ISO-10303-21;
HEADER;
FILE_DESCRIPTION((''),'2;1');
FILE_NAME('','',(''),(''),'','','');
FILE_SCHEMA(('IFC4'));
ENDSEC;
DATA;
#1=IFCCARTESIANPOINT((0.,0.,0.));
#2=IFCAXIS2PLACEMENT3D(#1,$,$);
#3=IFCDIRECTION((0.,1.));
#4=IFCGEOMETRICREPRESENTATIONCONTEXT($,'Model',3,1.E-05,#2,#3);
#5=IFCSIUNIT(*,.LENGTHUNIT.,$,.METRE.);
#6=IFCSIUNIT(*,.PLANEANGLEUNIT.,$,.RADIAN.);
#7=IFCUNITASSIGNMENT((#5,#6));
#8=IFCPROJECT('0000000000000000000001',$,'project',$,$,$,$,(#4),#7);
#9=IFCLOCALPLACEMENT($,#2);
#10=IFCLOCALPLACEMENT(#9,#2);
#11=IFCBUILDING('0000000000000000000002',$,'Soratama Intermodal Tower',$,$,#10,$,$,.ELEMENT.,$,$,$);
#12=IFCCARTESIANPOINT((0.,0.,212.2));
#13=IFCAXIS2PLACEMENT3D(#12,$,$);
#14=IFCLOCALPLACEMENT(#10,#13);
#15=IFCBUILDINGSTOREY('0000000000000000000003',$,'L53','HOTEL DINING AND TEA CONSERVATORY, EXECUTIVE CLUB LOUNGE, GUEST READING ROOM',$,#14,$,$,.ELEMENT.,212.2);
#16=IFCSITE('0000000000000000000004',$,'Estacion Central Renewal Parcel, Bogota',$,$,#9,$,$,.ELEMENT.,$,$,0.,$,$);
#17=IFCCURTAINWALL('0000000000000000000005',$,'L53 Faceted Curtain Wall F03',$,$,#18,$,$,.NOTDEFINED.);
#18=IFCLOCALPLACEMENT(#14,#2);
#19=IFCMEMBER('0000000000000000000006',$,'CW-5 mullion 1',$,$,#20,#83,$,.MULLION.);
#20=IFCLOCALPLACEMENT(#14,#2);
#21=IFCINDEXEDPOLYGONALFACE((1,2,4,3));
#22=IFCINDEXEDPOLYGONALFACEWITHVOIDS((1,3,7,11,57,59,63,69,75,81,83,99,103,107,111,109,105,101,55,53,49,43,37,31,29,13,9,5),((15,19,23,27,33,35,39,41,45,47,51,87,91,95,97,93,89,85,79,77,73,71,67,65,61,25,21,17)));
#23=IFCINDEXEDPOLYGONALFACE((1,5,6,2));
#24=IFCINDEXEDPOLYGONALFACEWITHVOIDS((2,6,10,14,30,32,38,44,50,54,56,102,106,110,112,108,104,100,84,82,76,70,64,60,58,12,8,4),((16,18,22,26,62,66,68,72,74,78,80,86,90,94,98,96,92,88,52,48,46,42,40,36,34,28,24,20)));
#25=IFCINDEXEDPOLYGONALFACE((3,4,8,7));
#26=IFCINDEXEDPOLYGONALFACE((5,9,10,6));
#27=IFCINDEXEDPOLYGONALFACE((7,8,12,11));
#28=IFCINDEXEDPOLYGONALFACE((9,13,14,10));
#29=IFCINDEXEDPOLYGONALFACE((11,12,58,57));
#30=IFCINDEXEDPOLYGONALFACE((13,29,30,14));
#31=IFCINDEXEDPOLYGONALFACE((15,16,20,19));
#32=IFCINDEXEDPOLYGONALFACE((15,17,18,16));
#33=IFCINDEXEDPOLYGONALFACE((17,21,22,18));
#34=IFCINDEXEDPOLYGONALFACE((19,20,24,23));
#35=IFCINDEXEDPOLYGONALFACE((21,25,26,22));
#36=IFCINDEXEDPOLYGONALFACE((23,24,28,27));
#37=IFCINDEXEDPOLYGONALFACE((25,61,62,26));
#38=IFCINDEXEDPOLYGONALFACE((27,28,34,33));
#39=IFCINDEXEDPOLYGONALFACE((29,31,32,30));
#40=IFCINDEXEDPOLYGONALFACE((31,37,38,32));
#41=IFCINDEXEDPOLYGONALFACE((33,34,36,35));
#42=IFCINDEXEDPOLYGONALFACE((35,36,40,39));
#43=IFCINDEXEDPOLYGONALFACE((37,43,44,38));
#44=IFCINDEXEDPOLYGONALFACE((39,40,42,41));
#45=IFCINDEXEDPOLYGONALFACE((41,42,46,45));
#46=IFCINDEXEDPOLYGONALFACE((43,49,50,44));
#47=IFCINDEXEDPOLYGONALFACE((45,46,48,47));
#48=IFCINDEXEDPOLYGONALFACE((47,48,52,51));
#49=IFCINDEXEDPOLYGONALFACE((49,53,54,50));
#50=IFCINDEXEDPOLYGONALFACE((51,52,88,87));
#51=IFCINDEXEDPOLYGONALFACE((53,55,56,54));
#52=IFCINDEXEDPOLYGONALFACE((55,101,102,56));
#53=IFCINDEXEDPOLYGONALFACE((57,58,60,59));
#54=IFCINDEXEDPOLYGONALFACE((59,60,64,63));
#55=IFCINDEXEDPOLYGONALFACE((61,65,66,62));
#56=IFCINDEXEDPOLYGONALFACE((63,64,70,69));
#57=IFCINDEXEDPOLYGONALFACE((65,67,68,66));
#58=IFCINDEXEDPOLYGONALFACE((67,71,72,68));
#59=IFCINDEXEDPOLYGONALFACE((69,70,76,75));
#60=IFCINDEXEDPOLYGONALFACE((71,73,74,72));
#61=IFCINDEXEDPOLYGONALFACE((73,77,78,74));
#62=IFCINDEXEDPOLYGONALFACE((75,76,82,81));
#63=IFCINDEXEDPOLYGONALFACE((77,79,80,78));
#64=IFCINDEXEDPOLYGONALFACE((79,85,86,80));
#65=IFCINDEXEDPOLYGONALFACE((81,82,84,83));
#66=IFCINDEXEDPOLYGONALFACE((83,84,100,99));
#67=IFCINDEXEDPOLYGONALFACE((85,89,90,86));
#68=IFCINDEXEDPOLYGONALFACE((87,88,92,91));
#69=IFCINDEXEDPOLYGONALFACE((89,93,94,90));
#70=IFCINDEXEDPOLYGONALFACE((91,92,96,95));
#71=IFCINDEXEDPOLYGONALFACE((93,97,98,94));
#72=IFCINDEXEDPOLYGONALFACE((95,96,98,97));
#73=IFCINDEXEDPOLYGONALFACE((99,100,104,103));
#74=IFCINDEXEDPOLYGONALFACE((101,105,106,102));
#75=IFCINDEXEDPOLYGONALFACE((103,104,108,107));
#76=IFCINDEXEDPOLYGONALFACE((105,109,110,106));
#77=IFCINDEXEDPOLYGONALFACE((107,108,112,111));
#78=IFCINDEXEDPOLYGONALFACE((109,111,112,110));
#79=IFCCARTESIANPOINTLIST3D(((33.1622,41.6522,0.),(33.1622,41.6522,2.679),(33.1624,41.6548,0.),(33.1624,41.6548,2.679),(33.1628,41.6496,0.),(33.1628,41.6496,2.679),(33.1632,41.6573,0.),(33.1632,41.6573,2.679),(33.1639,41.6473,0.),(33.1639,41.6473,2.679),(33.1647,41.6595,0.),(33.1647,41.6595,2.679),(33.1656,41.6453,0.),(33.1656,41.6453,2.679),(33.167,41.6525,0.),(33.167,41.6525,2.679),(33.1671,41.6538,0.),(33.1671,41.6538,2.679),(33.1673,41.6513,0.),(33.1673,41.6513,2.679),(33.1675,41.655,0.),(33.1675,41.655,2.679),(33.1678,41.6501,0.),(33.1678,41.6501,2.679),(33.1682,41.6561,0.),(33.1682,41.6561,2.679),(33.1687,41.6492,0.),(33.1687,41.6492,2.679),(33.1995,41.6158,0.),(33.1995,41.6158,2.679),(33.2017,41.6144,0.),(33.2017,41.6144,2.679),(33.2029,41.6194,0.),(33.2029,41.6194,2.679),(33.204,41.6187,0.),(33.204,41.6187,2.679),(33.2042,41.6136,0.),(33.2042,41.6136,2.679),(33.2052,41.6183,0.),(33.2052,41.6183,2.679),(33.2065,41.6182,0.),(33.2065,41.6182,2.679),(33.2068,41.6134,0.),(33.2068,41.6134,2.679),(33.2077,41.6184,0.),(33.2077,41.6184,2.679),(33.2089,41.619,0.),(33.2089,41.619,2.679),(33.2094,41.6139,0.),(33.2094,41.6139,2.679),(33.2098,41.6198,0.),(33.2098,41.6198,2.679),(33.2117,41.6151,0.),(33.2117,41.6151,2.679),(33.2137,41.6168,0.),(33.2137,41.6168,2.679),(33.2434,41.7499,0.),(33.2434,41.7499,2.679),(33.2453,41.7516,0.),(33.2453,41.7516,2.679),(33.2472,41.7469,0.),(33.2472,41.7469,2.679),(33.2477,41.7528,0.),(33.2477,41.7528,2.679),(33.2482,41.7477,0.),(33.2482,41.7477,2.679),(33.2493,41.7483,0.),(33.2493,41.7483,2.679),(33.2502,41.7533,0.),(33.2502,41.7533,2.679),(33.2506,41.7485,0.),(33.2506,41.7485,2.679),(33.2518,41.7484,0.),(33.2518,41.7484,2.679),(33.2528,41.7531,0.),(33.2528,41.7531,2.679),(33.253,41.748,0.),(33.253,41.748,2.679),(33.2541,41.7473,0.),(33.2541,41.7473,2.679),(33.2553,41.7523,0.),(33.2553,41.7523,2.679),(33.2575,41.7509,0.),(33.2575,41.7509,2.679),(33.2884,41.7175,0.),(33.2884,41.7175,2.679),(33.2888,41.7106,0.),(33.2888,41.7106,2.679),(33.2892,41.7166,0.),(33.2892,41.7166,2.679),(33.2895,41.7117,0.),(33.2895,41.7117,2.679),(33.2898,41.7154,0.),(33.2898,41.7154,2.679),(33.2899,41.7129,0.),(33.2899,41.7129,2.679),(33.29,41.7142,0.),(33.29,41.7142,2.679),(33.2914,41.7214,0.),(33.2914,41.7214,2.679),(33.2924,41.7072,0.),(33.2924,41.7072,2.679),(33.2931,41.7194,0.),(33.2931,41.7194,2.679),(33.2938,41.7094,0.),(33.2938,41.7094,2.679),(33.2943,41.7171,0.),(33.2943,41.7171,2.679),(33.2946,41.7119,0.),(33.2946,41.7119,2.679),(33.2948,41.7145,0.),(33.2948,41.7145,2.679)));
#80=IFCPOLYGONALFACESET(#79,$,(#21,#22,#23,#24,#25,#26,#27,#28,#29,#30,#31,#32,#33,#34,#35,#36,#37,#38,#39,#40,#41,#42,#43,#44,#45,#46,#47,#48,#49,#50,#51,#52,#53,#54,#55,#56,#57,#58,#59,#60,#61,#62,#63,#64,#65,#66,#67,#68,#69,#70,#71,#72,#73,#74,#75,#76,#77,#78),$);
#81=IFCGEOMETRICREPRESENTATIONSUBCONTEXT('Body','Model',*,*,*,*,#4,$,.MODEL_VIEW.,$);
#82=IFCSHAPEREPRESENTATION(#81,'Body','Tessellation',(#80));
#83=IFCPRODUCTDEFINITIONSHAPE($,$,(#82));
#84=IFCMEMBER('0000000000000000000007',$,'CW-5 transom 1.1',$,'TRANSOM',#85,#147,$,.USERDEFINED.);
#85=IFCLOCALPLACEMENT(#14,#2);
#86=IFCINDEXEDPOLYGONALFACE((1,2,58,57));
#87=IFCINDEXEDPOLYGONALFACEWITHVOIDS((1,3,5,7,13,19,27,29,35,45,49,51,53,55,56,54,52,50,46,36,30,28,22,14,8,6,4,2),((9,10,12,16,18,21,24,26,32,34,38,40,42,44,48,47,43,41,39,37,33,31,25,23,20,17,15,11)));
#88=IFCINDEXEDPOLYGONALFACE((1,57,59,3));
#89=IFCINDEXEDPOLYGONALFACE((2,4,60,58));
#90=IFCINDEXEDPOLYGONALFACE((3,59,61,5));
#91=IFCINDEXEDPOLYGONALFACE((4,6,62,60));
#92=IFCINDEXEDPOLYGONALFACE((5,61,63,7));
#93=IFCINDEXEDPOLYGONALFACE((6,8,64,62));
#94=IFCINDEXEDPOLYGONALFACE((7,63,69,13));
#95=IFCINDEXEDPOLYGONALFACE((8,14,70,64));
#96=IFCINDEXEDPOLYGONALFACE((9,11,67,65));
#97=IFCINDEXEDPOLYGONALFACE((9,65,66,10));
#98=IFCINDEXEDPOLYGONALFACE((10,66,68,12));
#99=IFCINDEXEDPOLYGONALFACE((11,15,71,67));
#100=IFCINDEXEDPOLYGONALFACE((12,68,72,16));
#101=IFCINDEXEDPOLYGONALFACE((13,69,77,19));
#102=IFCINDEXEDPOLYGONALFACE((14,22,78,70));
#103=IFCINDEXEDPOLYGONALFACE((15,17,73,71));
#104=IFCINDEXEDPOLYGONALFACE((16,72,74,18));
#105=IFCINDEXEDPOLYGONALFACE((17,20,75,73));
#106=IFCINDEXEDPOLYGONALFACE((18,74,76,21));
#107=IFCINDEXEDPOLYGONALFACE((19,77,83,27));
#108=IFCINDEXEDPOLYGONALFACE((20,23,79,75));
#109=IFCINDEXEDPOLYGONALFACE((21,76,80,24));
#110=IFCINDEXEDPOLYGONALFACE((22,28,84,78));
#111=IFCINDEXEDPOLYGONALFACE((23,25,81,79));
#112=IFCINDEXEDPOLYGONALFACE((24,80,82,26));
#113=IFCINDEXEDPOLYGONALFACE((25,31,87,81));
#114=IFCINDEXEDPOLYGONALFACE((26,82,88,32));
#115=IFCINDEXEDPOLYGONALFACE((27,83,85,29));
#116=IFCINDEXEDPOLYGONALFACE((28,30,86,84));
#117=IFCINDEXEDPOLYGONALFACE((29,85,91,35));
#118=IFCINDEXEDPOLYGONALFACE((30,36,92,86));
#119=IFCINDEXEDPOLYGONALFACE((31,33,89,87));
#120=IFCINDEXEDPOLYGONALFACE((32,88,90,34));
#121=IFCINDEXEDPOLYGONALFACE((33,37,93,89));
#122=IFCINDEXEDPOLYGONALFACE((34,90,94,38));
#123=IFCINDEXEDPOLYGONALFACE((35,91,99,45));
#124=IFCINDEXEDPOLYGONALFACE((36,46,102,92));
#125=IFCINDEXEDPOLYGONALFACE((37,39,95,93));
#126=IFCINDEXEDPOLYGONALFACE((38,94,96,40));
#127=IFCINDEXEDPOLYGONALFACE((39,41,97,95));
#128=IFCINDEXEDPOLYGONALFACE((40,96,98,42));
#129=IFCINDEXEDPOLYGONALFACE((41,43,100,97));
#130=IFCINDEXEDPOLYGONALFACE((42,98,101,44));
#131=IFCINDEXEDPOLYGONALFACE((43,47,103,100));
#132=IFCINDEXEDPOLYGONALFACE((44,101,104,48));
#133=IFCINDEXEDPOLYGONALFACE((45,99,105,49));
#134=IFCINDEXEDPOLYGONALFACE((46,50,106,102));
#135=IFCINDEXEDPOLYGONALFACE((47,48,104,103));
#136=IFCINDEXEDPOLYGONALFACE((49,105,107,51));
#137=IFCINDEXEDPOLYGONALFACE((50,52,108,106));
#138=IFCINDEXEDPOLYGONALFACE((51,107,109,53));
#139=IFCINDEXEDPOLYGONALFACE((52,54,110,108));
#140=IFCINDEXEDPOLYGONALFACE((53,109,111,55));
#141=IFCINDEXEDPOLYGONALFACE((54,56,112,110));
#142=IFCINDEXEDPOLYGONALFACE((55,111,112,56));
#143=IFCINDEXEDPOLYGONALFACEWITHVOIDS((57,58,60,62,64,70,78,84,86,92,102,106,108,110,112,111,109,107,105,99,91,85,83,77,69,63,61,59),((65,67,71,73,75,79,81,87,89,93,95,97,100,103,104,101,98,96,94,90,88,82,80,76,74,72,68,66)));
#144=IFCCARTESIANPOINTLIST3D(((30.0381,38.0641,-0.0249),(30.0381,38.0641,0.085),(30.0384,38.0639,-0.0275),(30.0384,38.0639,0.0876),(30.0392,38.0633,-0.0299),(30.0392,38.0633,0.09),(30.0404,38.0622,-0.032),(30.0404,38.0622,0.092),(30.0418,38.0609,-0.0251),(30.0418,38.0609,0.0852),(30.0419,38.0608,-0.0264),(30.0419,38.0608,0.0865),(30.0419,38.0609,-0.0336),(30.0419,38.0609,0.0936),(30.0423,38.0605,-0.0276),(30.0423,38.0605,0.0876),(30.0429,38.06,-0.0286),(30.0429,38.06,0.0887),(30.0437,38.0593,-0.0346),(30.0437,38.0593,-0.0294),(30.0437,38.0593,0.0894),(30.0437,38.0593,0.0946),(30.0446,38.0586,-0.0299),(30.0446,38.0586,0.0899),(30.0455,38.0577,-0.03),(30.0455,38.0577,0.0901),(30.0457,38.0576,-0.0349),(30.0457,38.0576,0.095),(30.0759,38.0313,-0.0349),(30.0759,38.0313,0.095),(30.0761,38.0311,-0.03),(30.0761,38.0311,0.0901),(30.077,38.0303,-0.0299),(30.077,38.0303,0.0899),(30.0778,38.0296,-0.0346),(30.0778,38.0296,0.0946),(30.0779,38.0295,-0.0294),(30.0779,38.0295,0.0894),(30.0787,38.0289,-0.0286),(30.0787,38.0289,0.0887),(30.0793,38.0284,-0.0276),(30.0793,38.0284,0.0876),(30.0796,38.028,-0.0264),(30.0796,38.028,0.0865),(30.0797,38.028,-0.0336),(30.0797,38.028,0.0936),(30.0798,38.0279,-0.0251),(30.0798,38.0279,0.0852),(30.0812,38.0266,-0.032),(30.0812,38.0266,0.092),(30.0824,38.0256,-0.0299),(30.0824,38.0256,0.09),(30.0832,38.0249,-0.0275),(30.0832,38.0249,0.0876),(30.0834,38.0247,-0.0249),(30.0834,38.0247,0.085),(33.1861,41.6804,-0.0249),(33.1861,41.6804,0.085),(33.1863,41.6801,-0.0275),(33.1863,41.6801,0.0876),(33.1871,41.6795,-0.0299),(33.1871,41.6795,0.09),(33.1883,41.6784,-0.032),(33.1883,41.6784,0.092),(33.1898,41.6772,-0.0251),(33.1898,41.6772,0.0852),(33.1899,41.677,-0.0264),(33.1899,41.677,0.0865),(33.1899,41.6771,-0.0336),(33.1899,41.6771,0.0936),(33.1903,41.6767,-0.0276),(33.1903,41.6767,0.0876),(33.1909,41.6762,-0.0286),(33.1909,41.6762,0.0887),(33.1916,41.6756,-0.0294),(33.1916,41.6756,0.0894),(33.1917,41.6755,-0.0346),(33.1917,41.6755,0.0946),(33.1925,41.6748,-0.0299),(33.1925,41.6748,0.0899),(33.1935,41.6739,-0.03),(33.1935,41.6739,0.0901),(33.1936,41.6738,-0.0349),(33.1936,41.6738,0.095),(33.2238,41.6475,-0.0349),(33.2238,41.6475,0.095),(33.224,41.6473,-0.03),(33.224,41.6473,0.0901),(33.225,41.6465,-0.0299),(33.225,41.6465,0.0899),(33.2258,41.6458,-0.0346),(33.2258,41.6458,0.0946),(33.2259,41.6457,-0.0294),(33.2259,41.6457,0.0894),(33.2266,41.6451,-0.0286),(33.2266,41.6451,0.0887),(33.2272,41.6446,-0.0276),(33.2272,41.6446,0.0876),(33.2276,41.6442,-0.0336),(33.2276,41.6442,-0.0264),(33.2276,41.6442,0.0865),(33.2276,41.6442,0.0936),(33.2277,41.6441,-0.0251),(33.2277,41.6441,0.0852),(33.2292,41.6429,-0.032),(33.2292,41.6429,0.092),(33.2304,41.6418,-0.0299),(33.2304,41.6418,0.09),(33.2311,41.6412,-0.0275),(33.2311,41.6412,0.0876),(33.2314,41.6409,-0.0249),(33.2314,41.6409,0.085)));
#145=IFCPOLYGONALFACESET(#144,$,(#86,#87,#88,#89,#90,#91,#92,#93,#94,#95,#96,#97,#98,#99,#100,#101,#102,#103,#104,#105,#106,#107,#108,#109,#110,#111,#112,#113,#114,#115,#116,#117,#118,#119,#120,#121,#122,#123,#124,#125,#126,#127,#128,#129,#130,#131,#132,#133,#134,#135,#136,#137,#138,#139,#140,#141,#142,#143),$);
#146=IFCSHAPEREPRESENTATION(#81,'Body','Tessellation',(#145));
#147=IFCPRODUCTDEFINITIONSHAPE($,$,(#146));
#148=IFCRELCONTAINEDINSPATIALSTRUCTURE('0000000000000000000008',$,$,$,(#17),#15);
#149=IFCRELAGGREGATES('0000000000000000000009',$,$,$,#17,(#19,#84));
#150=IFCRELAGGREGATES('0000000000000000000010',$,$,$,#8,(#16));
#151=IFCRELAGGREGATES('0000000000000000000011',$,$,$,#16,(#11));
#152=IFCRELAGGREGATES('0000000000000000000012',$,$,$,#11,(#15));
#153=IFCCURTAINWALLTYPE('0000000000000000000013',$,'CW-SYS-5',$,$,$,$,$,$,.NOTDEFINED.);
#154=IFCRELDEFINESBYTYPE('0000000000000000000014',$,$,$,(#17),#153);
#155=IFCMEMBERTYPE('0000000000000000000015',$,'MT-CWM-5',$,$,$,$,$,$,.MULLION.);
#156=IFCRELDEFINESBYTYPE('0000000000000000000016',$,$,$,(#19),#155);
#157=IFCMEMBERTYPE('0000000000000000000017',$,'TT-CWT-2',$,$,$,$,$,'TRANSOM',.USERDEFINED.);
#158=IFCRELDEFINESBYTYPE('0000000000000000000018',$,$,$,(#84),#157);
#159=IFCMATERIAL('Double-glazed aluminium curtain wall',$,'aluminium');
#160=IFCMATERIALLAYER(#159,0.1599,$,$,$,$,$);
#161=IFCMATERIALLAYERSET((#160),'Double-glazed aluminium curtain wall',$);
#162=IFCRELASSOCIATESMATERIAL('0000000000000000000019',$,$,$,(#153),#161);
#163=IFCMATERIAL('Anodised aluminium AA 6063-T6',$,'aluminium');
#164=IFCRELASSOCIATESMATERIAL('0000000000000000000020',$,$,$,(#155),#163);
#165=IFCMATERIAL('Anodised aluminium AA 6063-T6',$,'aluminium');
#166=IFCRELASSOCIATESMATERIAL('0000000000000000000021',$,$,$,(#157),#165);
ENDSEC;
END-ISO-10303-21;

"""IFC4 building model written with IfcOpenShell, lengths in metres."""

from ifc_helpers import new_model, si_unit, direction, frame, origin, origin_2d, place, context, subcontext, project, spatial, hollow_rectangle, extrude, material, layer, layer_set, material_profile, profile_set, type_object, element, aggregate, save


model = new_model("IFC4")

# Units and contexts
model_context = context("Model", 3, precision=1e-05, world=origin(), true_north=direction((0.0, 1.0)))
body_context = subcontext(model_context, "Body", "Model", "MODEL_VIEW")
ifc_project = project(units=[si_unit("LENGTHUNIT", "METRE"), si_unit("PLANEANGLEUNIT", "RADIAN")], contexts=[model_context])

# Site, building, storey
site_placement = place(None, origin())
site = spatial("IfcSite", under=ifc_project, at=site_placement, Name="Estacion Central Renewal Parcel, Bogota", CompositionType="ELEMENT", RefElevation=0.0)
building_placement = place(site_placement, origin())
building = spatial("IfcBuilding", under=site, at=building_placement, Name="Soratama Intermodal Tower", CompositionType="ELEMENT")
storey_placement = place(building_placement, frame((0.0, 0.0, 212.2)))
storey = spatial("IfcBuildingStorey", under=building, at=storey_placement, Name="L53", Description="HOTEL DINING AND TEA CONSERVATORY, EXECUTIVE CLUB LOUNGE, GUEST READING ROOM", CompositionType="ELEMENT", Elevation=212.2)

# Curtain wall, members
ifc_material_1 = material(Name="Double-glazed aluminium curtain wall", Category="aluminium")
ifc_layer_1 = layer(ifc_material_1, 0.1599)
ifc_layer_set_1 = layer_set([ifc_layer_1], Name="Double-glazed aluminium curtain wall")
curtain_wall_type = type_object("IfcCurtainWallType", Name="CW-SYS-5", PredefinedType="NOTDEFINED", material=ifc_layer_set_1)
curtain_wall_placement = place(storey_placement, origin())
curtain_wall = element("IfcCurtainWall", 1, at=curtain_wall_placement, inside=storey, type_object=curtain_wall_type, Name="L53 Faceted Curtain Wall F03", PredefinedType="NOTDEFINED")
ifc_material_2 = material(Name="Anodised aluminium AA 6063-T6", Category="aluminium")
ifc_material_profile_1 = material_profile(ifc_material_2, hollow_rectangle(XDim=0.0649, YDim=0.1399, WallThickness=0.0049, InnerFilletRadius=0.0049, OuterFilletRadius=0.01, at=origin_2d()), Name="CWM140X65X5")
ifc_profile_set_1 = profile_set([ifc_material_profile_1], Name="Anodised aluminium AA 6063-T6")
member_type_1 = type_object("IfcMemberType", Name="MT-CWM-5", PredefinedType="MULLION", material=ifc_profile_set_1)
member_1_placement = place(storey_placement, frame((33.2285, 41.6833, 0.0), z_axis=(0.0, 0.0, 1.0), x_axis=(0.754252, -0.656585, 0.0)))
member_1 = element("IfcMember", 2, at=member_1_placement, type_object=member_type_1, Name="CW-5 mullion 1", PredefinedType="MULLION", context=body_context, shape_type="SweptSolid", body=[
    extrude(hollow_rectangle(XDim=0.0649, YDim=0.1399, WallThickness=0.0049, InnerFilletRadius=0.0049, OuterFilletRadius=0.01, at=origin_2d()), origin(), (0.0, 0.0, 1.0), 2.679),
])
ifc_material_3 = material(Name="Anodised aluminium AA 6063-T6", Category="aluminium")
ifc_material_profile_2 = material_profile(ifc_material_3, hollow_rectangle(XDim=0.0601, YDim=0.1299, WallThickness=0.0049, InnerFilletRadius=0.0049, OuterFilletRadius=0.01, at=origin_2d()), Name="CWT130X60X5")
ifc_profile_set_2 = profile_set([ifc_material_profile_2], Name="Anodised aluminium AA 6063-T6")
member_type_2 = type_object("IfcMemberType", Name="TT-CWT-2", ElementType="TRANSOM", PredefinedType="USERDEFINED", material=ifc_profile_set_2)
member_2_placement = place(storey_placement, frame((33.2087, 41.6606, 0.03), z_axis=(-0.656585, -0.754252, 0.0), x_axis=(0.754252, -0.656585, 0.0)))
member_2 = element("IfcMember", 3, at=member_2_placement, type_object=member_type_2, Name="CW-5 transom 1.1", ObjectType="TRANSOM", PredefinedType="USERDEFINED", context=body_context, shape_type="SweptSolid", body=[
    extrude(hollow_rectangle(XDim=0.0601, YDim=0.1299, WallThickness=0.0049, InnerFilletRadius=0.0049, OuterFilletRadius=0.01, at=origin_2d()), origin(), (0.0, 0.0, 1.0), 4.7944),
])
aggregate(curtain_wall, [member_1, member_2])

save(model, "model.ifc")
